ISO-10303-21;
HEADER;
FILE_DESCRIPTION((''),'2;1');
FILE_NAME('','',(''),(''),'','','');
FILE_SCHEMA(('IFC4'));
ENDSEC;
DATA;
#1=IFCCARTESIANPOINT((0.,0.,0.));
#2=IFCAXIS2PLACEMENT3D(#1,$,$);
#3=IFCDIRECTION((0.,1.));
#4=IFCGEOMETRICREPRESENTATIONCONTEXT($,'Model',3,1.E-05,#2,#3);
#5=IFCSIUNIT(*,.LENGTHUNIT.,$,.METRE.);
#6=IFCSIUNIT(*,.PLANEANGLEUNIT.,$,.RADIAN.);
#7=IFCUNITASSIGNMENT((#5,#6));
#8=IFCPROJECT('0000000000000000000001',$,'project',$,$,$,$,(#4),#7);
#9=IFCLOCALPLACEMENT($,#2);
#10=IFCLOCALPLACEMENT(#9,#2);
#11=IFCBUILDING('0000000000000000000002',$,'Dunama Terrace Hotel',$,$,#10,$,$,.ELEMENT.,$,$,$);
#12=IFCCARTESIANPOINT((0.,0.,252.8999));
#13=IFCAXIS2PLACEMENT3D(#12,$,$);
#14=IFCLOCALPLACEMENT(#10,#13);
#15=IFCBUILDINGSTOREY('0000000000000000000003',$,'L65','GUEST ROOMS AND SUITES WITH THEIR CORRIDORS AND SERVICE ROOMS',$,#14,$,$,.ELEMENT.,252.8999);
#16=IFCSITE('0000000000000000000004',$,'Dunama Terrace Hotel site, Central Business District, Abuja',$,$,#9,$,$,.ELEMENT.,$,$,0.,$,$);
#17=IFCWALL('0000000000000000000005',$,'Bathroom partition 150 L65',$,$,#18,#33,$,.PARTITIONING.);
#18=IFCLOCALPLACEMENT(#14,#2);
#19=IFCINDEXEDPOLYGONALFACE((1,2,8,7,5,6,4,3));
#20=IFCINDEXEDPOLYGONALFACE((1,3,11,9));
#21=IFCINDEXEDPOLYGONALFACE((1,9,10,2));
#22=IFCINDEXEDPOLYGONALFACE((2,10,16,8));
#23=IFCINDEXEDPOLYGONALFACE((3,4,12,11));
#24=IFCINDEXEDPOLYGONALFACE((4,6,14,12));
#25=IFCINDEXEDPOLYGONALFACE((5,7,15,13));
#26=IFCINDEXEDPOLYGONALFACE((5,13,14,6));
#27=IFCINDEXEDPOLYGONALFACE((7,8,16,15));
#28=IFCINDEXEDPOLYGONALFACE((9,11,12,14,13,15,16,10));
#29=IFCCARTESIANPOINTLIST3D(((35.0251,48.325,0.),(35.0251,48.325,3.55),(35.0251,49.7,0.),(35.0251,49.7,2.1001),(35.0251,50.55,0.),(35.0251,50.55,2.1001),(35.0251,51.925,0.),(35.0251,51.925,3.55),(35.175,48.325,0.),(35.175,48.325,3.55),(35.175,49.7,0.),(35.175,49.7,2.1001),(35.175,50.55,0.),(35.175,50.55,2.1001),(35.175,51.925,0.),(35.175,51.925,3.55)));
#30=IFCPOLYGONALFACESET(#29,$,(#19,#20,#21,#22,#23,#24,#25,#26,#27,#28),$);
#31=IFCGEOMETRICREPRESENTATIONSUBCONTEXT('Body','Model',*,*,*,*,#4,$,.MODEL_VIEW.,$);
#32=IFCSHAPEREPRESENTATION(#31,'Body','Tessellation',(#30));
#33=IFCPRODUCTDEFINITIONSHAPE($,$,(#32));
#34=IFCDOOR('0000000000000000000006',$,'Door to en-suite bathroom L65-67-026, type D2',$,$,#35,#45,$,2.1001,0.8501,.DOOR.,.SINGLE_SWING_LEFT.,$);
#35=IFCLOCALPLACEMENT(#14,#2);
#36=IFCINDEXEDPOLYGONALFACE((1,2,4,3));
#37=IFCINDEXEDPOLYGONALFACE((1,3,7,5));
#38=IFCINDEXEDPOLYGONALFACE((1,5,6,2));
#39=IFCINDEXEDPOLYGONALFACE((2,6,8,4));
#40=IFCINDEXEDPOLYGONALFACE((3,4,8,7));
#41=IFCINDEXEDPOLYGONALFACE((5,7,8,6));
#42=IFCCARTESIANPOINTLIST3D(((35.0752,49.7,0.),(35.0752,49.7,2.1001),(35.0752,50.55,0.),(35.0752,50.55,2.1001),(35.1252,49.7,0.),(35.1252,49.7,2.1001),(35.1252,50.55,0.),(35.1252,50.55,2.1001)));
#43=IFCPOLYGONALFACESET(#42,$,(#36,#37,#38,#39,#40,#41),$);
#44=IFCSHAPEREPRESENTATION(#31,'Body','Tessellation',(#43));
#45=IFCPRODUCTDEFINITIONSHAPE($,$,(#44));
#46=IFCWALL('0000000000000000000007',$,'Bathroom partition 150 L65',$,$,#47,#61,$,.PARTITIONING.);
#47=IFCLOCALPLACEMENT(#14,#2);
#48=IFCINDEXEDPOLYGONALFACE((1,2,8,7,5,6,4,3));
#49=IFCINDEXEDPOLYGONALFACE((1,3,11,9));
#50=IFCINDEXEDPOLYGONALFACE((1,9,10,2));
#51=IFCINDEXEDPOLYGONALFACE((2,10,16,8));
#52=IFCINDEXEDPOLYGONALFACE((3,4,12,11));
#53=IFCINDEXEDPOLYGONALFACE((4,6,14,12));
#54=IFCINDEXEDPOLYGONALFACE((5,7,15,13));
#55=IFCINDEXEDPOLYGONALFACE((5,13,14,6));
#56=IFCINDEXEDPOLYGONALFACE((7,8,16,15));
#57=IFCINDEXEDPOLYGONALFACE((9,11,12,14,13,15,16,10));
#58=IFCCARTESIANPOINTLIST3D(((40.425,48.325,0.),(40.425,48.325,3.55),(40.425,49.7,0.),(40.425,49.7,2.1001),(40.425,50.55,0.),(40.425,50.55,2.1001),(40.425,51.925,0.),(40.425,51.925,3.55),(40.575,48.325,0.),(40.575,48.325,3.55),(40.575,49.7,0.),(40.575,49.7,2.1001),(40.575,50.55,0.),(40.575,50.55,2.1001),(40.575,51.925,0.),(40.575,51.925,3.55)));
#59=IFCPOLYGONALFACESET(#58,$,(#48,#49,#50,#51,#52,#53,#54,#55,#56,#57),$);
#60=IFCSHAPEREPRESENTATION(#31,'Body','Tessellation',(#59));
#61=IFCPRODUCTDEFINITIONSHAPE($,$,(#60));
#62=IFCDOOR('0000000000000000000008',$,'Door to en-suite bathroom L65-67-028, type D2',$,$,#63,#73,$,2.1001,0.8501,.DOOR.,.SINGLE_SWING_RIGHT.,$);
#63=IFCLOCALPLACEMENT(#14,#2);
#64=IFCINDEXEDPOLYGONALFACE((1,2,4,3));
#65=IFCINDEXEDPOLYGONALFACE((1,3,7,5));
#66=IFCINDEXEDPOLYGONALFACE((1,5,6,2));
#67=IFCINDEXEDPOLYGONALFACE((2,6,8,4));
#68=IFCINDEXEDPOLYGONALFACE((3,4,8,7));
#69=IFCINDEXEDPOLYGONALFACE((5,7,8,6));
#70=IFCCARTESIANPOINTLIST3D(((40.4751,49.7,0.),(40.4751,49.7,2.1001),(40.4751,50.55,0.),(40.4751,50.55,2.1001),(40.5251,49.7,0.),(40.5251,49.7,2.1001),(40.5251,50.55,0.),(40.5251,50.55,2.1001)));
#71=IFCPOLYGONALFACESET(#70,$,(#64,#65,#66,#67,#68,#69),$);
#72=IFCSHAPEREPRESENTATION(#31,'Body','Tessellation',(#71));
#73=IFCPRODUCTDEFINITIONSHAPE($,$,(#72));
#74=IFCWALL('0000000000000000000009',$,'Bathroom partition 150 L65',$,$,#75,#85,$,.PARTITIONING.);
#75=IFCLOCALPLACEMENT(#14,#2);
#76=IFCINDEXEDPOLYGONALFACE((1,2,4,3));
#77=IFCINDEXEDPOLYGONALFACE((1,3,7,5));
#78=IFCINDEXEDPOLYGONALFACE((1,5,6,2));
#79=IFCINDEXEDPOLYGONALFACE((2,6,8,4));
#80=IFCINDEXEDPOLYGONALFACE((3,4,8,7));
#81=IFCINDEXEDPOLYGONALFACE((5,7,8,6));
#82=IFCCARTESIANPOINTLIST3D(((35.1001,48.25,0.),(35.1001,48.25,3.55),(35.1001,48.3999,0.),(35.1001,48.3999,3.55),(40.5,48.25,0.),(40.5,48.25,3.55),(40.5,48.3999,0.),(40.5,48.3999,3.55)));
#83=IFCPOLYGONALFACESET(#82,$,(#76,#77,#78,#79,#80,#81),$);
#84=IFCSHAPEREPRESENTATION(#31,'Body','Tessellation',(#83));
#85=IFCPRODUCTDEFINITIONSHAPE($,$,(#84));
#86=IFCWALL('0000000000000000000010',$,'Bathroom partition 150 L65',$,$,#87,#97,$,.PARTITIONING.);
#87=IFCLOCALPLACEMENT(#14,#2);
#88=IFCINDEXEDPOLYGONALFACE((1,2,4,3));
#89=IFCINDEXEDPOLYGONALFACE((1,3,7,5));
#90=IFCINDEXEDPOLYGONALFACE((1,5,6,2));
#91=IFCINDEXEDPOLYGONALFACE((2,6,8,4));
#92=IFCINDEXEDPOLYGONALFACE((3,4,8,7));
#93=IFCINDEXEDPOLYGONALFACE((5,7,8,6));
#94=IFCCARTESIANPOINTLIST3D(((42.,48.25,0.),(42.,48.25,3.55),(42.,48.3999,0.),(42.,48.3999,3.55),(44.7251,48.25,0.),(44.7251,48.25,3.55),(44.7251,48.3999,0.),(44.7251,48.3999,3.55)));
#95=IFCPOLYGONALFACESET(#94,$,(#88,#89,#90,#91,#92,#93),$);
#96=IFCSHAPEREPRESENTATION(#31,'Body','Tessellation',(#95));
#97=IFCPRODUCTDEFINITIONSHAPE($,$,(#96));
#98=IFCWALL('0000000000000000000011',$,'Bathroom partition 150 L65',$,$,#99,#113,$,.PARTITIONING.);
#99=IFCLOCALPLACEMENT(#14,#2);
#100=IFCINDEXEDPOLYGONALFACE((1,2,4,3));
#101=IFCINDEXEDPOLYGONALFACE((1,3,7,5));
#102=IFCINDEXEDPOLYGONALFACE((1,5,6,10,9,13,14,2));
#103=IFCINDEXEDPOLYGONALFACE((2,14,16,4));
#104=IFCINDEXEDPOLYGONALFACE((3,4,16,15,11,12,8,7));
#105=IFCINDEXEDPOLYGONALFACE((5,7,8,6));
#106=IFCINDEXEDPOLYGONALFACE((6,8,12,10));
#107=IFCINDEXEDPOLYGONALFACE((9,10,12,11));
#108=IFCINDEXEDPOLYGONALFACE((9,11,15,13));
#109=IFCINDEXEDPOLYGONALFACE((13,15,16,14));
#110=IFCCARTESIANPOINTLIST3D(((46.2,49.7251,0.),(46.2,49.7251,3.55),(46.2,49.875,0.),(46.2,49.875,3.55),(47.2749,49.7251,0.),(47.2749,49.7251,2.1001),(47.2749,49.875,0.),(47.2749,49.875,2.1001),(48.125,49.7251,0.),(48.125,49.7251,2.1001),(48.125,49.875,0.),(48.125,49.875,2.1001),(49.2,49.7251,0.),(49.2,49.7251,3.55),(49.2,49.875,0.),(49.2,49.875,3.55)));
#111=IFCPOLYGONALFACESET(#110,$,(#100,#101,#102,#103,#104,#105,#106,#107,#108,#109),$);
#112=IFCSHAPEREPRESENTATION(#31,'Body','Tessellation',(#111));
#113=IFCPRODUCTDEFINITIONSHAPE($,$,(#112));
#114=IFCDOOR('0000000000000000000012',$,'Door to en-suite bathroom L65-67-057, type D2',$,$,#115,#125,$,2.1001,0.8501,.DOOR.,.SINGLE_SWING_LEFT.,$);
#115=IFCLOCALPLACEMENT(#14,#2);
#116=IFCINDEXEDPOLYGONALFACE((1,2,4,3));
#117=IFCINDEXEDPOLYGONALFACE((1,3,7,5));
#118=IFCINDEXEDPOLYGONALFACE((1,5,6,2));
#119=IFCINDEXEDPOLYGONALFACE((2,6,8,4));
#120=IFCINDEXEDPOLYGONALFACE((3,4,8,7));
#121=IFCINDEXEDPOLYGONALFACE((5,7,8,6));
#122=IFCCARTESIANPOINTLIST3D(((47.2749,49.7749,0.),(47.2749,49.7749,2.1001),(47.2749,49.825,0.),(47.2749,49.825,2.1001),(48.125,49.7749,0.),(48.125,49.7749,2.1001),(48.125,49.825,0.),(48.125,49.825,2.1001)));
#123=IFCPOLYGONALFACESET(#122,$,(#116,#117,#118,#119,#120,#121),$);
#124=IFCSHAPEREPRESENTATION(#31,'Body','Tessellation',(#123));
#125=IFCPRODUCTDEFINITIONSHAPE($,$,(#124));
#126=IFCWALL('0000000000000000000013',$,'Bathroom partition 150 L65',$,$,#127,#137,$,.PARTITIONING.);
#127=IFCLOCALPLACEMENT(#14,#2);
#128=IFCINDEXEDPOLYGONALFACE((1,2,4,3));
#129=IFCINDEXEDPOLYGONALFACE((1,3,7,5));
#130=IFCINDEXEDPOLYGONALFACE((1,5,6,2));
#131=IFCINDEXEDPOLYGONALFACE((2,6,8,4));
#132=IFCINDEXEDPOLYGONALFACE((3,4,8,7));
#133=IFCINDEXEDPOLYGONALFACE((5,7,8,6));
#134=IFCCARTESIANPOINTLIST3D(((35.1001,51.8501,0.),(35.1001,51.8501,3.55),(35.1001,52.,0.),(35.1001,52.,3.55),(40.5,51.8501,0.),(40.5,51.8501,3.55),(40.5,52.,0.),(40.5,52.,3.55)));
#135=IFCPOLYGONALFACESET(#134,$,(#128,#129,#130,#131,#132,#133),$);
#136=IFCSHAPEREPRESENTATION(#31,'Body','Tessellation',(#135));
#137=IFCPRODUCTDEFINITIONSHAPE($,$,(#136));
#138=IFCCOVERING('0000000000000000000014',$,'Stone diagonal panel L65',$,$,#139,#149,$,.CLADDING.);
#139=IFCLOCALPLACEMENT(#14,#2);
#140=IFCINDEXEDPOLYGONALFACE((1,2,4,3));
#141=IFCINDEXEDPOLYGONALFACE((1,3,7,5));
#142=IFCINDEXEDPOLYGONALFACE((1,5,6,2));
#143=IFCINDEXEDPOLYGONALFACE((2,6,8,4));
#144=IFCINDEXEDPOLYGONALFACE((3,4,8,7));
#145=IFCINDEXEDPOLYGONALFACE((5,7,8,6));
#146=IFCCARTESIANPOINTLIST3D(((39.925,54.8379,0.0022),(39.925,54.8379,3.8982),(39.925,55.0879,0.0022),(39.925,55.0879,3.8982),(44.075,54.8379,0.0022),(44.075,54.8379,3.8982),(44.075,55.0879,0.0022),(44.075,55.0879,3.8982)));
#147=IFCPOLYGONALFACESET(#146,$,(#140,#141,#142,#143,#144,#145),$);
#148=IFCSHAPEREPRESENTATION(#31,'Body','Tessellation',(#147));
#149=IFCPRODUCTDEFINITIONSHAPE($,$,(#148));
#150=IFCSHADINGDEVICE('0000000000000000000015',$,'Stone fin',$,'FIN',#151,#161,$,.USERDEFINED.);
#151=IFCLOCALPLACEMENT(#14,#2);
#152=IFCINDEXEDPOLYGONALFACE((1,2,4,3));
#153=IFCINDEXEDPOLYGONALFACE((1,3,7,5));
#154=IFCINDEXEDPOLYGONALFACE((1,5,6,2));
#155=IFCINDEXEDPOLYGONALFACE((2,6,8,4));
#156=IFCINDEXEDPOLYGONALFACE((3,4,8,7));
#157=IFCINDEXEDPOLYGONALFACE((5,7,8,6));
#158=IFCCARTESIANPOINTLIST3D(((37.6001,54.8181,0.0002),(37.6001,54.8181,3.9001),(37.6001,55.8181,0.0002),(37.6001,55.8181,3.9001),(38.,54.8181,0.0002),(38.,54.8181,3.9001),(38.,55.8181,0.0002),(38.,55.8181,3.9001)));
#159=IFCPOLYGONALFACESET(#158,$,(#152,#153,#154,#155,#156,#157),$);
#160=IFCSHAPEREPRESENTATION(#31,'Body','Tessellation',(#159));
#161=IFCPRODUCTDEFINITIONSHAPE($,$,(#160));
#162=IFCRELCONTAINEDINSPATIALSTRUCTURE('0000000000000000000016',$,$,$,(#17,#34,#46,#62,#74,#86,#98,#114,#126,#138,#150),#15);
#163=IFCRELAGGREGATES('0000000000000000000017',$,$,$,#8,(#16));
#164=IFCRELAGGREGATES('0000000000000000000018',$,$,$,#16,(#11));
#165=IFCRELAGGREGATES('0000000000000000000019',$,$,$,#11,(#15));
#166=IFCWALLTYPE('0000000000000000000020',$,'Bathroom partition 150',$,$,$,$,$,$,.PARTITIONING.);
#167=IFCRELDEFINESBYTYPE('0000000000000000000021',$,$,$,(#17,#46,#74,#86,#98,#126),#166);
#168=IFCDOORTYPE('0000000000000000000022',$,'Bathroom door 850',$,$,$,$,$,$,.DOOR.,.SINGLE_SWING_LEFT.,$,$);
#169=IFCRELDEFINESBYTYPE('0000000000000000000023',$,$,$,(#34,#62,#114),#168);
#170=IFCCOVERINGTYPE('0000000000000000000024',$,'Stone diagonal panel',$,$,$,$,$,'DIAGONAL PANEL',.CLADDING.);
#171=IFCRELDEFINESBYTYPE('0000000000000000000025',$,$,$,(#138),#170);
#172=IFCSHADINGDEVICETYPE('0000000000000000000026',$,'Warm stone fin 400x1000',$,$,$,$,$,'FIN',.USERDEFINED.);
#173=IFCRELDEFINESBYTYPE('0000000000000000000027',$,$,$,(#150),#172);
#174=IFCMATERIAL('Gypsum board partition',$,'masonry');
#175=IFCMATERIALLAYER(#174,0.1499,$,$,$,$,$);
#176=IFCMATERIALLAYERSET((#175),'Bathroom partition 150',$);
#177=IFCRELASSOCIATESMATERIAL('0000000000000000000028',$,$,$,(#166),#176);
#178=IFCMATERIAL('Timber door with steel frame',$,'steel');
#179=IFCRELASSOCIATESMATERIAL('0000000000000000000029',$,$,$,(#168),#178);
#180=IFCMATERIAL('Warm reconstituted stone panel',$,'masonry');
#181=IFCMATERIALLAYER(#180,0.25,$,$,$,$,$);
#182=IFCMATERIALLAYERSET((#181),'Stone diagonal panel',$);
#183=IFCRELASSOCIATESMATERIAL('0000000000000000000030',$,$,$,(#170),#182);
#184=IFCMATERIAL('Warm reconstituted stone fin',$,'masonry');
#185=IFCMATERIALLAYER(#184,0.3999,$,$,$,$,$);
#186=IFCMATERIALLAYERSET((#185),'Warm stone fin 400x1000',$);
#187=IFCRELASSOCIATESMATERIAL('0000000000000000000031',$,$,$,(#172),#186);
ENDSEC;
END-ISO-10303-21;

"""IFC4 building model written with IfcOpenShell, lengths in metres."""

from ifc_helpers import new_model, si_unit, direction, frame, frame_2d, origin, origin_2d, place, context, subcontext, project, spatial, rectangle, extrude, material, layer, layer_set, type_object, element, fill, save


model = new_model("IFC4")

# Units and contexts
model_context = context("Model", 3, precision=1e-05, world=origin(), true_north=direction((0.0, 1.0)))
body_context = subcontext(model_context, "Body", "Model", "MODEL_VIEW")
ifc_project = project(units=[si_unit("LENGTHUNIT", "METRE"), si_unit("PLANEANGLEUNIT", "RADIAN")], contexts=[model_context])

# Site, building, storey
site_placement = place(None, origin())
site = spatial("IfcSite", under=ifc_project, at=site_placement, Name="Dunama Terrace Hotel site, Central Business District, Abuja", CompositionType="ELEMENT", RefElevation=0.0)
building_placement = place(site_placement, origin())
building = spatial("IfcBuilding", under=site, at=building_placement, Name="Dunama Terrace Hotel", CompositionType="ELEMENT")
storey_placement = place(building_placement, frame((0.0, 0.0, 252.8999)))
storey = spatial("IfcBuildingStorey", under=building, at=storey_placement, Name="L65", Description="GUEST ROOMS AND SUITES WITH THEIR CORRIDORS AND SERVICE ROOMS", CompositionType="ELEMENT", Elevation=252.8999)

# Walls, openings, doors
ifc_material_1 = material(Name="Gypsum board partition", Category="masonry")
ifc_layer_1 = layer(ifc_material_1, 0.1499)
ifc_layer_set_1 = layer_set([ifc_layer_1], Name="Bathroom partition 150")
wall_type = type_object("IfcWallType", Name="Bathroom partition 150", PredefinedType="PARTITIONING", material=ifc_layer_set_1)
wall_1_placement = place(storey_placement, frame((35.1001, 48.325, 0.0), z_axis=(0.0, 0.0, 1.0), x_axis=(0.0, 1.0, 0.0)))
wall_1 = element("IfcWall", 1, at=wall_1_placement, inside=storey, type_object=wall_type, Name="Bathroom partition 150 L65", PredefinedType="PARTITIONING", context=body_context, shape_type="SweptSolid", body=[
    extrude(rectangle(XDim=3.6001, YDim=0.1499, at=frame_2d((1.8, 0.0))), origin(), (0.0, 0.0, 1.0), 3.55),
])
opening_1_placement = place(wall_1_placement, frame((1.375, 0.0, 0.0)))
opening_1 = element("IfcOpeningElement", 2, at=opening_1_placement, cuts=wall_1, PredefinedType="OPENING", context=body_context, shape_type="SweptSolid", body=[
    extrude(rectangle(XDim=0.8501, YDim=2.1001, at=frame_2d((0.425, 1.05))), frame((0.0, 0.085, 0.0), z_axis=(0.0, -1.0, 0.0), x_axis=(1.0, 0.0, 0.0)), (0.0, 0.0, 1.0), 0.1699),
])
ifc_material_2 = material(Name="Timber door with steel frame", Category="steel")
door_type = type_object("IfcDoorType", Name="Bathroom door 850", OperationType="SINGLE_SWING_LEFT", PredefinedType="DOOR", material=ifc_material_2)
door_1_placement = place(opening_1_placement, frame((0.8501, 0.0, 0.0), z_axis=(0.0, 0.0, 1.0), x_axis=(-1.0, 0.0, 0.0)))
door_1 = element("IfcDoor", 3, at=door_1_placement, inside=storey, type_object=door_type, Name="Door to en-suite bathroom L65-67-026, type D2", OperationType="SINGLE_SWING_LEFT", OverallHeight=2.1001, OverallWidth=0.8501, PredefinedType="DOOR", context=body_context, shape_type="SweptSolid", body=[
    extrude(rectangle(XDim=0.8501, YDim=2.1001, at=frame_2d((0.425, 1.05))), frame((0.0, 0.0251, 0.0), z_axis=(0.0, -1.0, 0.0), x_axis=(1.0, 0.0, 0.0)), (0.0, 0.0, 1.0), 0.05),
])
fill(opening_1, door_1)
wall_2_placement = place(storey_placement, frame((40.5, 48.325, 0.0), z_axis=(0.0, 0.0, 1.0), x_axis=(0.0, 1.0, 0.0)))
wall_2 = element("IfcWall", 4, at=wall_2_placement, inside=storey, type_object=wall_type, Name="Bathroom partition 150 L65", PredefinedType="PARTITIONING", context=body_context, shape_type="SweptSolid", body=[
    extrude(rectangle(XDim=3.6001, YDim=0.1499, at=frame_2d((1.8, 0.0))), origin(), (0.0, 0.0, 1.0), 3.55),
])
opening_2_placement = place(wall_2_placement, frame((1.375, 0.0, 0.0)))
opening_2 = element("IfcOpeningElement", 5, at=opening_2_placement, cuts=wall_2, PredefinedType="OPENING", context=body_context, shape_type="SweptSolid", body=[
    extrude(rectangle(XDim=0.8501, YDim=2.1001, at=frame_2d((0.425, 1.05))), frame((0.0, 0.085, 0.0), z_axis=(0.0, -1.0, 0.0), x_axis=(1.0, 0.0, 0.0)), (0.0, 0.0, 1.0), 0.1699),
])
door_2_placement = place(opening_2_placement, origin())
door_2 = element("IfcDoor", 6, at=door_2_placement, inside=storey, type_object=door_type, Name="Door to en-suite bathroom L65-67-028, type D2", OperationType="SINGLE_SWING_RIGHT", OverallHeight=2.1001, OverallWidth=0.8501, PredefinedType="DOOR", context=body_context, shape_type="SweptSolid", body=[
    extrude(rectangle(XDim=0.8501, YDim=2.1001, at=frame_2d((0.425, 1.05))), frame((0.0, 0.0249, 0.0), z_axis=(0.0, -1.0, 0.0), x_axis=(1.0, 0.0, 0.0)), (0.0, 0.0, 1.0), 0.05),
])
fill(opening_2, door_2)

# Walls
wall_3_placement = place(storey_placement, frame((35.1001, 48.325, 0.0), z_axis=(0.0, 0.0, 1.0), x_axis=(1.0, 0.0, 0.0)))
element("IfcWall", 7, at=wall_3_placement, inside=storey, type_object=wall_type, Name="Bathroom partition 150 L65", PredefinedType="PARTITIONING", context=body_context, shape_type="SweptSolid", body=[
    extrude(rectangle(XDim=5.3999, YDim=0.1499, at=frame_2d((2.7, 0.0))), origin(), (0.0, 0.0, 1.0), 3.55),
])
wall_4_placement = place(storey_placement, frame((42.0, 48.325, 0.0), z_axis=(0.0, 0.0, 1.0), x_axis=(1.0, 0.0, 0.0)))
element("IfcWall", 8, at=wall_4_placement, inside=storey, type_object=wall_type, Name="Bathroom partition 150 L65", PredefinedType="PARTITIONING", context=body_context, shape_type="SweptSolid", body=[
    extrude(rectangle(XDim=2.7251, YDim=0.1499, at=frame_2d((1.3625, 0.0))), origin(), (0.0, 0.0, 1.0), 3.55),
])

# Wall, opening, door
wall_5_placement = place(storey_placement, frame((46.2, 49.8, 0.0), z_axis=(0.0, 0.0, 1.0), x_axis=(1.0, 0.0, 0.0)))
wall_5 = element("IfcWall", 9, at=wall_5_placement, inside=storey, type_object=wall_type, Name="Bathroom partition 150 L65", PredefinedType="PARTITIONING", context=body_context, shape_type="SweptSolid", body=[
    extrude(rectangle(XDim=3.0, YDim=0.1499, at=frame_2d((1.5, 0.0))), origin(), (0.0, 0.0, 1.0), 3.55),
])
opening_3_placement = place(wall_5_placement, frame((1.075, 0.0, 0.0)))
opening_3 = element("IfcOpeningElement", 10, at=opening_3_placement, cuts=wall_5, PredefinedType="OPENING", context=body_context, shape_type="SweptSolid", body=[
    extrude(rectangle(XDim=0.8501, YDim=2.1001, at=frame_2d((0.425, 1.05))), frame((0.0, 0.085, 0.0), z_axis=(0.0, -1.0, 0.0), x_axis=(1.0, 0.0, 0.0)), (0.0, 0.0, 1.0), 0.1699),
])
door_3_placement = place(opening_3_placement, frame((0.8501, 0.0, 0.0), z_axis=(0.0, 0.0, 1.0), x_axis=(-1.0, 0.0, 0.0)))
door_3 = element("IfcDoor", 11, at=door_3_placement, inside=storey, type_object=door_type, Name="Door to en-suite bathroom L65-67-057, type D2", OperationType="SINGLE_SWING_LEFT", OverallHeight=2.1001, OverallWidth=0.8501, PredefinedType="DOOR", context=body_context, shape_type="SweptSolid", body=[
    extrude(rectangle(XDim=0.8501, YDim=2.1001, at=frame_2d((0.425, 1.05))), frame((0.0, 0.0251, 0.0), z_axis=(0.0, -1.0, 0.0), x_axis=(1.0, 0.0, 0.0)), (0.0, 0.0, 1.0), 0.05),
])
fill(opening_3, door_3)

# Wall
wall_6_placement = place(storey_placement, frame((35.1001, 51.925, 0.0), z_axis=(0.0, 0.0, 1.0), x_axis=(1.0, 0.0, 0.0)))
element("IfcWall", 12, at=wall_6_placement, inside=storey, type_object=wall_type, Name="Bathroom partition 150 L65", PredefinedType="PARTITIONING", context=body_context, shape_type="SweptSolid", body=[
    extrude(rectangle(XDim=5.3999, YDim=0.1499, at=frame_2d((2.7, 0.0))), origin(), (0.0, 0.0, 1.0), 3.55),
])

# Covering
ifc_material_3 = material(Name="Warm reconstituted stone panel", Category="masonry")
ifc_layer_2 = layer(ifc_material_3, 0.25)
ifc_layer_set_2 = layer_set([ifc_layer_2], Name="Stone diagonal panel")
covering_type = type_object("IfcCoveringType", Name="Stone diagonal panel", ElementType="DIAGONAL PANEL", PredefinedType="CLADDING", material=ifc_layer_set_2)
covering_placement = place(storey_placement, frame((42.0, 54.9629, 0.0022), z_axis=(0.0, 0.0, 1.0), x_axis=(-1.0, 0.0, 0.0)))
element("IfcCovering", 13, at=covering_placement, inside=storey, type_object=covering_type, Name="Stone diagonal panel L65", PredefinedType="CLADDING", context=body_context, shape_type="SweptSolid", body=[
    extrude(rectangle(XDim=4.1499, YDim=0.25, at=origin_2d()), origin(), (0.0, 0.0, 1.0), 3.896),
])

# Shading device
ifc_material_4 = material(Name="Warm reconstituted stone fin", Category="masonry")
ifc_layer_3 = layer(ifc_material_4, 0.3999)
ifc_layer_set_3 = layer_set([ifc_layer_3], Name="Warm stone fin 400x1000")
shading_device_type = type_object("IfcShadingDeviceType", Name="Warm stone fin 400x1000", ElementType="FIN", PredefinedType="USERDEFINED", material=ifc_layer_set_3)
shading_device_placement = place(storey_placement, frame((37.8, 55.3181, 0.0002), z_axis=(0.0, 0.0, 1.0), x_axis=(-1.0, 0.0, 0.0)))
element("IfcShadingDevice", 14, at=shading_device_placement, inside=storey, type_object=shading_device_type, Name="Stone fin", ObjectType="FIN", PredefinedType="USERDEFINED", context=body_context, shape_type="SweptSolid", body=[
    extrude(rectangle(XDim=0.3999, YDim=1.0, at=origin_2d()), origin(), (0.0, 0.0, 1.0), 3.8999),
])

save(model, "model.ifc")
